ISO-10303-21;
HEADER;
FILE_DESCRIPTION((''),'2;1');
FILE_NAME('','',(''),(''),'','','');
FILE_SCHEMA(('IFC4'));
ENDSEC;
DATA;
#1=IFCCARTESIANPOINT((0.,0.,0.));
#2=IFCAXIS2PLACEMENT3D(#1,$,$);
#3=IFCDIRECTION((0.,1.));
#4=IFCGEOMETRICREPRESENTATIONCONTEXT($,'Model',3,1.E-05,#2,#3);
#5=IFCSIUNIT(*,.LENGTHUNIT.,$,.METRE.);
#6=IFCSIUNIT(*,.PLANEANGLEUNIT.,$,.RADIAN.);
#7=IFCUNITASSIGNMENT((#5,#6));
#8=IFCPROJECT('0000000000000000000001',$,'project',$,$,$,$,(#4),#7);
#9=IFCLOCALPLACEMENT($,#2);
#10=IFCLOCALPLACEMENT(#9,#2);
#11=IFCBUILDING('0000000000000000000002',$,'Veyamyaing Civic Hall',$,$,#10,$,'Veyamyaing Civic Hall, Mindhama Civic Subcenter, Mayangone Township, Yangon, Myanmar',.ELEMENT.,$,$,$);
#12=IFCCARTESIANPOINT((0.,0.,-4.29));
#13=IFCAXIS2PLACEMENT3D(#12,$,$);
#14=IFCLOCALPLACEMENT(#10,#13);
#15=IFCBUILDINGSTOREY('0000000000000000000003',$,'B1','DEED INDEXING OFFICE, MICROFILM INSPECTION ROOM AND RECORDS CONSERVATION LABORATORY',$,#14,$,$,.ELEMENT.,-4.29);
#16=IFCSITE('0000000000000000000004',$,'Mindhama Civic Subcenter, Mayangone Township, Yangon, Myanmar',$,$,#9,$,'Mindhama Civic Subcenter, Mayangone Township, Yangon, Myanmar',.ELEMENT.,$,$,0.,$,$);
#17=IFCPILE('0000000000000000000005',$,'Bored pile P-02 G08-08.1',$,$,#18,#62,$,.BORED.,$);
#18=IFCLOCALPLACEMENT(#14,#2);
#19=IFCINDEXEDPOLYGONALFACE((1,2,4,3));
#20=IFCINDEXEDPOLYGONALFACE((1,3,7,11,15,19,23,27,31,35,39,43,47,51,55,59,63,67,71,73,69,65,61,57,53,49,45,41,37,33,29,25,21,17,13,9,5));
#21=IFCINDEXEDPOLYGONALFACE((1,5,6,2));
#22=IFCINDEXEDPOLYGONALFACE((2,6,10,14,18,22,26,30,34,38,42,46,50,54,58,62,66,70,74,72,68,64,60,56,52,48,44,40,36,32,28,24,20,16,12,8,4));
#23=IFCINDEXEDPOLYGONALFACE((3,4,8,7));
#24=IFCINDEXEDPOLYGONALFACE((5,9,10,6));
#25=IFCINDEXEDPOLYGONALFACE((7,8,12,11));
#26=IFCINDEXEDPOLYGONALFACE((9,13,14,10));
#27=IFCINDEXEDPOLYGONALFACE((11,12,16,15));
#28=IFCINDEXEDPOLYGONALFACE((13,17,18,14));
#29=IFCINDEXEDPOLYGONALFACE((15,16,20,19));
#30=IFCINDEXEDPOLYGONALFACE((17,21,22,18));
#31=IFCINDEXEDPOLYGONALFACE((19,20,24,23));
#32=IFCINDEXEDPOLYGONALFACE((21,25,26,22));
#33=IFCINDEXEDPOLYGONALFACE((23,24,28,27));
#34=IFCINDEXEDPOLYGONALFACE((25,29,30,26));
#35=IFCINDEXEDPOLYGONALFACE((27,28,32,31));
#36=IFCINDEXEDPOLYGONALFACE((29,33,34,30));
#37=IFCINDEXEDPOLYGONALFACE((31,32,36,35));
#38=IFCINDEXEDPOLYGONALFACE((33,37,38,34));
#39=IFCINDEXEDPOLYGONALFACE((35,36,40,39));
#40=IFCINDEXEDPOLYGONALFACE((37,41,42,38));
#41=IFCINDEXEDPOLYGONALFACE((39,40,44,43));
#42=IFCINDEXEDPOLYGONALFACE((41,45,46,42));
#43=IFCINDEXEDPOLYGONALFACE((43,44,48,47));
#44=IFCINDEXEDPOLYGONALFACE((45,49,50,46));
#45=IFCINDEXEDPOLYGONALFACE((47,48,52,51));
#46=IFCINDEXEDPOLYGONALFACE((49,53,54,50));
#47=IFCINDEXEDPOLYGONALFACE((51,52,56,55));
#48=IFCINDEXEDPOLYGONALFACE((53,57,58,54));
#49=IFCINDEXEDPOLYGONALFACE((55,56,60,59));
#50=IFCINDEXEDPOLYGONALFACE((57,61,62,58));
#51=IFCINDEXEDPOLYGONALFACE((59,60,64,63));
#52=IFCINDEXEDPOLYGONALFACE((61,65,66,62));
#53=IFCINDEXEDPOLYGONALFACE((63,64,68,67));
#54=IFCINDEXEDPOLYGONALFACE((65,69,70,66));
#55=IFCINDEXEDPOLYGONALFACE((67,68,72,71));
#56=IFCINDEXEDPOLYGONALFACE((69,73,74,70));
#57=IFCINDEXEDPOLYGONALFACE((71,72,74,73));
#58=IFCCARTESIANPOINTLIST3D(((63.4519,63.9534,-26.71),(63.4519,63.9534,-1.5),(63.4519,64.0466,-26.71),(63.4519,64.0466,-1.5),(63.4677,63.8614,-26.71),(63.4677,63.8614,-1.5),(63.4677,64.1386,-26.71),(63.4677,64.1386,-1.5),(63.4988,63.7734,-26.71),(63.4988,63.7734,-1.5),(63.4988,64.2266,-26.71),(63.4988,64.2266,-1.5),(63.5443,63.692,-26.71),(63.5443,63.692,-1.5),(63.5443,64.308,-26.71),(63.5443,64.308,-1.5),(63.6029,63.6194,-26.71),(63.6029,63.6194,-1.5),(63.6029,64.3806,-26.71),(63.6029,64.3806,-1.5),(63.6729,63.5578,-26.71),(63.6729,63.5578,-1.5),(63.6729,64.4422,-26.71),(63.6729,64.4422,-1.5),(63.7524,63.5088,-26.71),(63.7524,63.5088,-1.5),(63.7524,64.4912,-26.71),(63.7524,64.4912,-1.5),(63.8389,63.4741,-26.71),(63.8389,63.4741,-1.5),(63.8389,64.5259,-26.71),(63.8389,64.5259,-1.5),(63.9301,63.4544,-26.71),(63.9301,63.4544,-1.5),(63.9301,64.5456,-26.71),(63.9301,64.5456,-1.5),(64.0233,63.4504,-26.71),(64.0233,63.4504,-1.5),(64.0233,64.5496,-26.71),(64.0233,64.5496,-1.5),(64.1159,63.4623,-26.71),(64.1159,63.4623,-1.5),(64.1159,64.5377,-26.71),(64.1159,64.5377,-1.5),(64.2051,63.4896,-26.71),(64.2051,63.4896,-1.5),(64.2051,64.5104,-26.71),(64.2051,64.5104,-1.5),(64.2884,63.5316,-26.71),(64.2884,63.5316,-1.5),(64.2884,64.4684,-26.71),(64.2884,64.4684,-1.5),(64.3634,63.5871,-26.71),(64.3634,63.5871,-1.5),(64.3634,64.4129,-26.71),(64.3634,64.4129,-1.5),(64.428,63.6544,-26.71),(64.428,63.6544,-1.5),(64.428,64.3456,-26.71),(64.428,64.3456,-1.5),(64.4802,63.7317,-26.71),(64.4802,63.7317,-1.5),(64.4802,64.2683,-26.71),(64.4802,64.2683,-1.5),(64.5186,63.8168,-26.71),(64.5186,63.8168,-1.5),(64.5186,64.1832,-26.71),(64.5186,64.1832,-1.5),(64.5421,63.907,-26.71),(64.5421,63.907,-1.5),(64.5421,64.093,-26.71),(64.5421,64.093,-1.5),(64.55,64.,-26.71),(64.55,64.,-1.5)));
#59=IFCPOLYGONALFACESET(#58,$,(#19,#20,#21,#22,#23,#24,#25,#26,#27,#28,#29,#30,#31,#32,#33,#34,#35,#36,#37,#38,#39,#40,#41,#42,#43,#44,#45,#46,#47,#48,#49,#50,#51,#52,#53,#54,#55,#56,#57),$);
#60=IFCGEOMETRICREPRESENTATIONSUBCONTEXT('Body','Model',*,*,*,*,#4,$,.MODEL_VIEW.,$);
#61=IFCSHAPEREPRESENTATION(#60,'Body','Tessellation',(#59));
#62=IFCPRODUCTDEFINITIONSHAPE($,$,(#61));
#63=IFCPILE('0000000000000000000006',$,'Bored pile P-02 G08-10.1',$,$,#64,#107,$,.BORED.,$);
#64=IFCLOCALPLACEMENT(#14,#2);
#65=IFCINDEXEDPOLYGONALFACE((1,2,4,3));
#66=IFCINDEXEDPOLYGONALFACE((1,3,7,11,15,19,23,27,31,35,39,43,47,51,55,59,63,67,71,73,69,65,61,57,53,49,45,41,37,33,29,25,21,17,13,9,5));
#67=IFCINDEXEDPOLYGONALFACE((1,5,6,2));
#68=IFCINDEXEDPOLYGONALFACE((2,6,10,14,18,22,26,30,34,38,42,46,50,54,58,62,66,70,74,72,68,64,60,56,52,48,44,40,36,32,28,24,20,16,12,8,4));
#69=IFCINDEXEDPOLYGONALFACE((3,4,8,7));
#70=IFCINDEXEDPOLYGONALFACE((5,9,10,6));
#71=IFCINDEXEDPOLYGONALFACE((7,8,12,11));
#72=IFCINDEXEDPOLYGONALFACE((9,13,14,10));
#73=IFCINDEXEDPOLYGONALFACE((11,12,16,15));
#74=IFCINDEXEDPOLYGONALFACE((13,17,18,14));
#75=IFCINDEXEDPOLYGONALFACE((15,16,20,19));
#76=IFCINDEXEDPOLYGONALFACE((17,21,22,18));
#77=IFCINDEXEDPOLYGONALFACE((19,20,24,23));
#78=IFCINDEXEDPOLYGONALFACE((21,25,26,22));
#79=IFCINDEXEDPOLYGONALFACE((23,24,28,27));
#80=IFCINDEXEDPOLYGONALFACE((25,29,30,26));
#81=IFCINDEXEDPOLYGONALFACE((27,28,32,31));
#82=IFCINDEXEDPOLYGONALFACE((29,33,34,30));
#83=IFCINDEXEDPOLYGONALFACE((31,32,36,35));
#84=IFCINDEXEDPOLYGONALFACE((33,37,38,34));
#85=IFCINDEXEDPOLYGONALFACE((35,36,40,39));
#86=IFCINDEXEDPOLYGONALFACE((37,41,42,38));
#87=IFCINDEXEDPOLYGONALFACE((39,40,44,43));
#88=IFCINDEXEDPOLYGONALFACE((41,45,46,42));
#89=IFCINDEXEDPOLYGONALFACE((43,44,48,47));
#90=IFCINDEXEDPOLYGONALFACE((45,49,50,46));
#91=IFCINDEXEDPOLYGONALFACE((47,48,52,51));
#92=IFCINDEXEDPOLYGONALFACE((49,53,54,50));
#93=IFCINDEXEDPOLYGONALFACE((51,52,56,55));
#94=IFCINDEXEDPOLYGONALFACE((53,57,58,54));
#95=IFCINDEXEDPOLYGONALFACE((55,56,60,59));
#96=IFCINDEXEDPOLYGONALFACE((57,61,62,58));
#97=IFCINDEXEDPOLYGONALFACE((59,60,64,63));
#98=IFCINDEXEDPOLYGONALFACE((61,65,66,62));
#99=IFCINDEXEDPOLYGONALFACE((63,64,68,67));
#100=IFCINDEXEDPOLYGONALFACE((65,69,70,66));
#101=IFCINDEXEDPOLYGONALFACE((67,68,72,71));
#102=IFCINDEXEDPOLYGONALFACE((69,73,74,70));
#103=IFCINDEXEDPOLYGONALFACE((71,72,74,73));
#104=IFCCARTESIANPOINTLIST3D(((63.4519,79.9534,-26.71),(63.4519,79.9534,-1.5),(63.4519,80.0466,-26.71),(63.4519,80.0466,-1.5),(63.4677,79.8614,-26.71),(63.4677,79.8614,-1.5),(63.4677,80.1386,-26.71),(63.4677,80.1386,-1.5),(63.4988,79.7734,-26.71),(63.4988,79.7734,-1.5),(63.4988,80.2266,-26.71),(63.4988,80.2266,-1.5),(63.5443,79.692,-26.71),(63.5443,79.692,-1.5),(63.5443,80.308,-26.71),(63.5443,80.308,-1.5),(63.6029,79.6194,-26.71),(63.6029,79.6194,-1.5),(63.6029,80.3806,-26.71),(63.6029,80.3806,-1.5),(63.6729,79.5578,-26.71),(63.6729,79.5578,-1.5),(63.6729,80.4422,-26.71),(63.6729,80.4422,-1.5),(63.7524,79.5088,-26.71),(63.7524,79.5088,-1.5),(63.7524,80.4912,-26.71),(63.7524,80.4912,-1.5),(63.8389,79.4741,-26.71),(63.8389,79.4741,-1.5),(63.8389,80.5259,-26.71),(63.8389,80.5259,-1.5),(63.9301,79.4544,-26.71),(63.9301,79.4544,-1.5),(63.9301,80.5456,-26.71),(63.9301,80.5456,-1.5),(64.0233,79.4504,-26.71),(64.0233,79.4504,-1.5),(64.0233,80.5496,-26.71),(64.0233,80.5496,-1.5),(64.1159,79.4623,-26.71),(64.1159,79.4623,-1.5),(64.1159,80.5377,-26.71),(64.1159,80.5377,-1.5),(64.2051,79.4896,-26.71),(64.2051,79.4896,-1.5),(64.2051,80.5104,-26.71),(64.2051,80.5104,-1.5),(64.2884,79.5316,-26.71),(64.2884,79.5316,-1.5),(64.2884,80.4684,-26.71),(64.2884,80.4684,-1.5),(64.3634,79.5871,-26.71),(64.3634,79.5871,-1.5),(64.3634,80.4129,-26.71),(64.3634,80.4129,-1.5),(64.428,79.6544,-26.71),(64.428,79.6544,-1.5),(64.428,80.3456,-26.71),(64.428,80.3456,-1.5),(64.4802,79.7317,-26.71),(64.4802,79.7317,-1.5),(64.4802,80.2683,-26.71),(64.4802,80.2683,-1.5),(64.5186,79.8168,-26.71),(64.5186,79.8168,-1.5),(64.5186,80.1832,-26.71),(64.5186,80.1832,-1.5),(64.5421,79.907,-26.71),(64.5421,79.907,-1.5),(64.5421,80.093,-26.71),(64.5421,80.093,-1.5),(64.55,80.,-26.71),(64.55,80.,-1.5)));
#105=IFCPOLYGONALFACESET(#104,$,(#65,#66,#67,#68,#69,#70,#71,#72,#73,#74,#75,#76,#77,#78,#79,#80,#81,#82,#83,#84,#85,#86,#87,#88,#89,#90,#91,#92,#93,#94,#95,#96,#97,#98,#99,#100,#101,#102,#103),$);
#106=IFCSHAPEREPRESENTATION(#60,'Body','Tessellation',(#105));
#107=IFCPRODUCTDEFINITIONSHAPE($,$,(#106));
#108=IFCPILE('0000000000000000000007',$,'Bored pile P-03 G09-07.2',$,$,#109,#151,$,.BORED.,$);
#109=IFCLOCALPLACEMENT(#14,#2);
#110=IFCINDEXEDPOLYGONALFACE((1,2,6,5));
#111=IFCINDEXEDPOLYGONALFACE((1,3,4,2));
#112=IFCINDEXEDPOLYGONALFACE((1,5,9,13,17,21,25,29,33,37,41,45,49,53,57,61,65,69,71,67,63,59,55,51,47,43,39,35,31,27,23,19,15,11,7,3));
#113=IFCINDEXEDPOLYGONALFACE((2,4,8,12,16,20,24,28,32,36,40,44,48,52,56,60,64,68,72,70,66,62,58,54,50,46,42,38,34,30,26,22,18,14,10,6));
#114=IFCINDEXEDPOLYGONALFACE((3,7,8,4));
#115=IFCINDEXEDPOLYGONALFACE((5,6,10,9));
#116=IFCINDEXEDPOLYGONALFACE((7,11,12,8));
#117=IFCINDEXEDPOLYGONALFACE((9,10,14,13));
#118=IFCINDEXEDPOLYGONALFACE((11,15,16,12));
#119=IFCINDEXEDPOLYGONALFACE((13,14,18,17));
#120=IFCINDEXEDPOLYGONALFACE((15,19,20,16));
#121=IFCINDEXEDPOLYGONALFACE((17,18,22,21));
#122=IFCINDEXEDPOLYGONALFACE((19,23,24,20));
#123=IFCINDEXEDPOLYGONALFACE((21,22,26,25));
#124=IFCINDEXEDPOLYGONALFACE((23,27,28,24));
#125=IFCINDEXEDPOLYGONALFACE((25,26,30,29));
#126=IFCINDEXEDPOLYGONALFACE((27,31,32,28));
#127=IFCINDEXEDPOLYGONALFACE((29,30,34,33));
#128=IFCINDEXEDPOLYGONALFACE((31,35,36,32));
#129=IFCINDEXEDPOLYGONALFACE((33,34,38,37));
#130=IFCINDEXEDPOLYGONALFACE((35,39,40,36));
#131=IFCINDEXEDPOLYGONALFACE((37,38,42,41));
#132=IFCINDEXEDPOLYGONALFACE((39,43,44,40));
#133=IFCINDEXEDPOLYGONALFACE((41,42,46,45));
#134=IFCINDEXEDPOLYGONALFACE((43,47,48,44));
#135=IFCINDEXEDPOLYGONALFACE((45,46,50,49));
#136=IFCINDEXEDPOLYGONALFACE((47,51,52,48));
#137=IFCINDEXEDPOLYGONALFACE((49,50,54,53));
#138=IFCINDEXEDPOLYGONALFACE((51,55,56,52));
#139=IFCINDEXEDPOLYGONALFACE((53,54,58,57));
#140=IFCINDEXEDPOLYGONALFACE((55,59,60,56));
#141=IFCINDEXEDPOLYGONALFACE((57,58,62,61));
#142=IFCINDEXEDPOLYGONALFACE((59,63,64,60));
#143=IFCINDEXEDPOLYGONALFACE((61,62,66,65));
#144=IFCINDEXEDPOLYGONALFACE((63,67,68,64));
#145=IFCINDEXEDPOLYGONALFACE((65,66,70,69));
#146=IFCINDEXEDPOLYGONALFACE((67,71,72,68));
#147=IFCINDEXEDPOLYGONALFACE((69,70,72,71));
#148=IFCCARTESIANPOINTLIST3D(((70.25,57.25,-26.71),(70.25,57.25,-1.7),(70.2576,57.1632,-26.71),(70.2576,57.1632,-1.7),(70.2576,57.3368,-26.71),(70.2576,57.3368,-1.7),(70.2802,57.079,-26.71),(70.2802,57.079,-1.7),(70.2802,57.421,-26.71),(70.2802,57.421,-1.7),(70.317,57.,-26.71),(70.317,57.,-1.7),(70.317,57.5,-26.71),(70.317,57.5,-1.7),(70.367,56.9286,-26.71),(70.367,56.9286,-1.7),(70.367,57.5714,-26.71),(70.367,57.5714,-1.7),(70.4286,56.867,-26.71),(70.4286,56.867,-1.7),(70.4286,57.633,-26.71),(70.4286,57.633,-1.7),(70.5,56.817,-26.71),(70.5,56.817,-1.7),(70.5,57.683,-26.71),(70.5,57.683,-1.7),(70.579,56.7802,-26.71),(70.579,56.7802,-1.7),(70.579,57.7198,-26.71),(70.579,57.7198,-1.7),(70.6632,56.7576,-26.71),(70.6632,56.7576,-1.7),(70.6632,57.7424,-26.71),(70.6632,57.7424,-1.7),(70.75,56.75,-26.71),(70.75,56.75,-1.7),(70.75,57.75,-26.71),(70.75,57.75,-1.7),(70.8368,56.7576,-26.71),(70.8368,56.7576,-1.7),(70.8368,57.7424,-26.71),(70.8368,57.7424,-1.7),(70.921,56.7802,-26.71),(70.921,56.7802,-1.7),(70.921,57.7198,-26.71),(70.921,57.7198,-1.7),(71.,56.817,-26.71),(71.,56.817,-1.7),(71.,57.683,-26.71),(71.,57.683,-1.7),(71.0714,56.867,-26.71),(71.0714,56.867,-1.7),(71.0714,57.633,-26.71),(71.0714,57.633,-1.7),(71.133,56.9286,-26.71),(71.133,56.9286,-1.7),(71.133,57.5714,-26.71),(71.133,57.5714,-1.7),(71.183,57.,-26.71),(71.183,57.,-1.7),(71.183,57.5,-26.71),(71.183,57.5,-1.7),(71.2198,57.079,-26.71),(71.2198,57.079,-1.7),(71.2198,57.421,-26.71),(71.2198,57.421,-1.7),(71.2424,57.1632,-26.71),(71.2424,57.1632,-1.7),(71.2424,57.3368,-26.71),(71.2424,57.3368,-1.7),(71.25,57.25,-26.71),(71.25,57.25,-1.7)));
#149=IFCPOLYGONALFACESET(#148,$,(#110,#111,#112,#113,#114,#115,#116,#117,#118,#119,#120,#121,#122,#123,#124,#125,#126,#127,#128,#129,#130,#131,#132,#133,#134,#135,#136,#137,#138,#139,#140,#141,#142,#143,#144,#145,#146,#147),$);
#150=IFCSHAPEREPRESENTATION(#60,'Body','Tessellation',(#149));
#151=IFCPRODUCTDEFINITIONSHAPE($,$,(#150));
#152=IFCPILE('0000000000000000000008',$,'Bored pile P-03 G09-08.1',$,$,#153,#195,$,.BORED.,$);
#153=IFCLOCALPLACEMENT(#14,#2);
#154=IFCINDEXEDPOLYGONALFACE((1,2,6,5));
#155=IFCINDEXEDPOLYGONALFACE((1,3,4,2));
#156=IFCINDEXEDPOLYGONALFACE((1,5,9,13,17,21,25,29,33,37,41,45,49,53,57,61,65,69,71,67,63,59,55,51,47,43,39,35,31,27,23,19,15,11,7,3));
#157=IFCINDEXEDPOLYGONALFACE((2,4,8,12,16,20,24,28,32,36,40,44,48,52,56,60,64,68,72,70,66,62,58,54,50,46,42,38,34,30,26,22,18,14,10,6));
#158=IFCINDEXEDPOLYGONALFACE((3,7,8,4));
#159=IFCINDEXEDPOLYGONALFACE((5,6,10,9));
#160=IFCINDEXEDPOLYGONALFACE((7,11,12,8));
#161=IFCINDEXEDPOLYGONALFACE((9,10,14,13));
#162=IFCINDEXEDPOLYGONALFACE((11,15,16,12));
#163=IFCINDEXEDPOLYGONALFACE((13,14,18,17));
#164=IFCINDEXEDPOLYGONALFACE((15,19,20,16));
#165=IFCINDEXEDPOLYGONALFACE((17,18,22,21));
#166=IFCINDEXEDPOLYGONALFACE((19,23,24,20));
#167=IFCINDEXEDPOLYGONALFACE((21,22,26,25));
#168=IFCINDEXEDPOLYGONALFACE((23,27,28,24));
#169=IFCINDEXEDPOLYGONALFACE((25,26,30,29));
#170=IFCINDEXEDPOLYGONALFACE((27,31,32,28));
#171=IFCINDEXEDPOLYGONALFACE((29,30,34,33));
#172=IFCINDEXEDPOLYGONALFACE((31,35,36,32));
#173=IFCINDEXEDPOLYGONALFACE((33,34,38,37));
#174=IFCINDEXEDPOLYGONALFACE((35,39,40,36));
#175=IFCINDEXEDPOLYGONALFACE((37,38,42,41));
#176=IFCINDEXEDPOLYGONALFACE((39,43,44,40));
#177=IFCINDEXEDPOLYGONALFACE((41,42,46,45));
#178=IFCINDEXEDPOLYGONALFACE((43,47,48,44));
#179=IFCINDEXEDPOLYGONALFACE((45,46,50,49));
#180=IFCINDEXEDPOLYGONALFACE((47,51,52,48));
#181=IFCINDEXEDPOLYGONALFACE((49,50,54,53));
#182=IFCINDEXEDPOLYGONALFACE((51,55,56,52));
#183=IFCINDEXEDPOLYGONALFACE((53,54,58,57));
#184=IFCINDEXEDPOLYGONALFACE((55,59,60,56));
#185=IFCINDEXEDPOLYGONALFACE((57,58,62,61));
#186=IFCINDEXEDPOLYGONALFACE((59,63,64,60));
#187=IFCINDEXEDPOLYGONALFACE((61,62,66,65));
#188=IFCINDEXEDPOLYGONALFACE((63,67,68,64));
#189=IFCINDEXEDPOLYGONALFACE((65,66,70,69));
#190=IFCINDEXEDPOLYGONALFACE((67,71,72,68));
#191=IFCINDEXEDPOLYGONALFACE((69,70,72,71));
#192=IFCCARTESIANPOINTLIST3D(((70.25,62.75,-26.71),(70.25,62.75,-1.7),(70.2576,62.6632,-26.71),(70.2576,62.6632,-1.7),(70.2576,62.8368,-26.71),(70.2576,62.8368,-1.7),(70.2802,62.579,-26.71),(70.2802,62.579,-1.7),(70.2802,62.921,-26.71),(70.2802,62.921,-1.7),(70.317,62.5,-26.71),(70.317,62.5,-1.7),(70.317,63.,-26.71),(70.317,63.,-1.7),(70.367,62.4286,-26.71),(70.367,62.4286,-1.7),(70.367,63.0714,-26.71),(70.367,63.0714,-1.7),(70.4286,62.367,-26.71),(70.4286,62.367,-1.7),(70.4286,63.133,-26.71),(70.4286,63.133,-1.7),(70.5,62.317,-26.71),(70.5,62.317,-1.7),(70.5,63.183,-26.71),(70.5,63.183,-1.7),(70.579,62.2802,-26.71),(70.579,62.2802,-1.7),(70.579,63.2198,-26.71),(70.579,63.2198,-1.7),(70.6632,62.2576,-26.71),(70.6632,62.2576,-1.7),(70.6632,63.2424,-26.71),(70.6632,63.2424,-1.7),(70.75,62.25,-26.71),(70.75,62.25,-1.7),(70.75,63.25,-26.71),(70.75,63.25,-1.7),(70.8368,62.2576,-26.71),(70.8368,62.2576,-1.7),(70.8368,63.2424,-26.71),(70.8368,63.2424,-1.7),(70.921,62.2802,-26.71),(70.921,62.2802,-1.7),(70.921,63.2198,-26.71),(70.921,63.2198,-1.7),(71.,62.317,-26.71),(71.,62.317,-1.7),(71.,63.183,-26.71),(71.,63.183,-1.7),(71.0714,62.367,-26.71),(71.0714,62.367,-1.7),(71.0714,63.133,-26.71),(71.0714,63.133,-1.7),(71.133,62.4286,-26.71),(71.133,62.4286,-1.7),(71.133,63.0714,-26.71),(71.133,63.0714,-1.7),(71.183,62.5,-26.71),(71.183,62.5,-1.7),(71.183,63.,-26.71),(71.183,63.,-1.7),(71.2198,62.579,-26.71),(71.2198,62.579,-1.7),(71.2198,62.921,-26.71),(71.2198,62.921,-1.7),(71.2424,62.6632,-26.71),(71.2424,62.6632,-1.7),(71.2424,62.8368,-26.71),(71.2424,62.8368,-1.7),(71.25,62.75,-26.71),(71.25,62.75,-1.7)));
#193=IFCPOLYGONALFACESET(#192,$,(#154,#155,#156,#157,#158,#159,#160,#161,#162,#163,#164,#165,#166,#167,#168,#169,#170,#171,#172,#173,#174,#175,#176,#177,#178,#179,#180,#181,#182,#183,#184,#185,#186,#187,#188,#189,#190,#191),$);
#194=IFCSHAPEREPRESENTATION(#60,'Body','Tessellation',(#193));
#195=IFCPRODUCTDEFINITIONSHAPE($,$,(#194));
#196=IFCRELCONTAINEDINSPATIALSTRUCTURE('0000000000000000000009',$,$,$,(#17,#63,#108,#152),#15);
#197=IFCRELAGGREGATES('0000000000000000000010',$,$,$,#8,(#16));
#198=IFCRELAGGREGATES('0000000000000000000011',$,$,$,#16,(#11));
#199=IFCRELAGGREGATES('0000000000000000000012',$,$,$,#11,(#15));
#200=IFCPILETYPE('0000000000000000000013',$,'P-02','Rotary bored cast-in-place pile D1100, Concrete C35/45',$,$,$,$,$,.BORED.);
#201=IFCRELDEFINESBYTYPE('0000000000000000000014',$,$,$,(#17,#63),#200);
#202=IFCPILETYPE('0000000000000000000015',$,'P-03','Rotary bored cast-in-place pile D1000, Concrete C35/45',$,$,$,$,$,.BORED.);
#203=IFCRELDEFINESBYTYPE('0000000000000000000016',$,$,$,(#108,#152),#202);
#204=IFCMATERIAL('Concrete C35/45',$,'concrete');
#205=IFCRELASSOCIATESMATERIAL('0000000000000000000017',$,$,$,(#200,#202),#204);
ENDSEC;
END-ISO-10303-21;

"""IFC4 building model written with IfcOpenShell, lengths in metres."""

from ifc_helpers import new_model, si_unit, direction, frame, origin, origin_2d, place, context, subcontext, project, spatial, circle, extrude, material, material_profile, profile_set, type_object, element, save


model = new_model("IFC4")

# Units and contexts
model_context = context("Model", 3, precision=1e-05, world=origin(), true_north=direction((0.0, 1.0)))
body_context = subcontext(model_context, "Body", "Model", "MODEL_VIEW")
ifc_project = project(units=[si_unit("LENGTHUNIT", "METRE"), si_unit("PLANEANGLEUNIT", "RADIAN")], contexts=[model_context])

# Site, building, storey
site_placement = place(None, origin())
site = spatial("IfcSite", under=ifc_project, at=site_placement, Name="Mindhama Civic Subcenter, Mayangone Township, Yangon, Myanmar", LongName="Mindhama Civic Subcenter, Mayangone Township, Yangon, Myanmar", CompositionType="ELEMENT", RefElevation=0.0)
building_placement = place(site_placement, origin())
building = spatial("IfcBuilding", under=site, at=building_placement, Name="Veyamyaing Civic Hall", LongName="Veyamyaing Civic Hall, Mindhama Civic Subcenter, Mayangone Township, Yangon, Myanmar", CompositionType="ELEMENT")
storey_placement = place(building_placement, frame((0.0, 0.0, -4.29)))
storey = spatial("IfcBuildingStorey", under=building, at=storey_placement, Name="B1", Description="DEED INDEXING OFFICE, MICROFILM INSPECTION ROOM AND RECORDS CONSERVATION LABORATORY", CompositionType="ELEMENT", Elevation=-4.29)

# Piles
ifc_material_1 = material(Name="Concrete C35/45", Category="concrete")
ifc_material_profile_1 = material_profile(ifc_material_1, circle(Radius=0.55, at=origin_2d()), Name="PILE-D1100")
ifc_profile_set_1 = profile_set([ifc_material_profile_1], Name="Concrete C35/45")
pile_type_1 = type_object("IfcPileType", Name="P-02", Description="Rotary bored cast-in-place pile D1100, Concrete C35/45", PredefinedType="BORED", material=ifc_profile_set_1)
for number, where, z_axis, x_axis, name in (
    (1, (64.0, 64.0, -1.5), (0.0, 0.0, -1.0), (1.0, 0.0, 0.0), "Bored pile P-02 G08-08.1"),
    (2, (64.0, 80.0, -1.5), (0.0, 0.0, -1.0), (1.0, 0.0, 0.0), "Bored pile P-02 G08-10.1"),
):
    element("IfcPile", number, at=place(storey_placement, frame(where, z_axis=z_axis, x_axis=x_axis)), inside=storey, type_object=pile_type_1, Name=name, PredefinedType="BORED", context=body_context, shape_type="SweptSolid", body=[
        extrude(circle(Radius=0.55, at=origin_2d()), origin(), (0.0, 0.0, 1.0), 25.21),
    ])
ifc_material_profile_2 = material_profile(ifc_material_1, circle(Radius=0.5, at=origin_2d()), Name="PILE-D1000")
ifc_profile_set_2 = profile_set([ifc_material_profile_2], Name="Concrete C35/45")
pile_type_2 = type_object("IfcPileType", Name="P-03", Description="Rotary bored cast-in-place pile D1000, Concrete C35/45", PredefinedType="BORED", material=ifc_profile_set_2)
for number, where, z_axis, x_axis, name in (
    (3, (70.75, 57.25, -1.7), (0.0, 0.0, -1.0), (1.0, 0.0, 0.0), "Bored pile P-03 G09-07.2"),
    (4, (70.75, 62.75, -1.7), (0.0, 0.0, -1.0), (1.0, 0.0, 0.0), "Bored pile P-03 G09-08.1"),
):
    element("IfcPile", number, at=place(storey_placement, frame(where, z_axis=z_axis, x_axis=x_axis)), inside=storey, type_object=pile_type_2, Name=name, PredefinedType="BORED", context=body_context, shape_type="SweptSolid", body=[
        extrude(circle(Radius=0.5, at=origin_2d()), origin(), (0.0, 0.0, 1.0), 25.01),
    ])

save(model, "model.ifc")
